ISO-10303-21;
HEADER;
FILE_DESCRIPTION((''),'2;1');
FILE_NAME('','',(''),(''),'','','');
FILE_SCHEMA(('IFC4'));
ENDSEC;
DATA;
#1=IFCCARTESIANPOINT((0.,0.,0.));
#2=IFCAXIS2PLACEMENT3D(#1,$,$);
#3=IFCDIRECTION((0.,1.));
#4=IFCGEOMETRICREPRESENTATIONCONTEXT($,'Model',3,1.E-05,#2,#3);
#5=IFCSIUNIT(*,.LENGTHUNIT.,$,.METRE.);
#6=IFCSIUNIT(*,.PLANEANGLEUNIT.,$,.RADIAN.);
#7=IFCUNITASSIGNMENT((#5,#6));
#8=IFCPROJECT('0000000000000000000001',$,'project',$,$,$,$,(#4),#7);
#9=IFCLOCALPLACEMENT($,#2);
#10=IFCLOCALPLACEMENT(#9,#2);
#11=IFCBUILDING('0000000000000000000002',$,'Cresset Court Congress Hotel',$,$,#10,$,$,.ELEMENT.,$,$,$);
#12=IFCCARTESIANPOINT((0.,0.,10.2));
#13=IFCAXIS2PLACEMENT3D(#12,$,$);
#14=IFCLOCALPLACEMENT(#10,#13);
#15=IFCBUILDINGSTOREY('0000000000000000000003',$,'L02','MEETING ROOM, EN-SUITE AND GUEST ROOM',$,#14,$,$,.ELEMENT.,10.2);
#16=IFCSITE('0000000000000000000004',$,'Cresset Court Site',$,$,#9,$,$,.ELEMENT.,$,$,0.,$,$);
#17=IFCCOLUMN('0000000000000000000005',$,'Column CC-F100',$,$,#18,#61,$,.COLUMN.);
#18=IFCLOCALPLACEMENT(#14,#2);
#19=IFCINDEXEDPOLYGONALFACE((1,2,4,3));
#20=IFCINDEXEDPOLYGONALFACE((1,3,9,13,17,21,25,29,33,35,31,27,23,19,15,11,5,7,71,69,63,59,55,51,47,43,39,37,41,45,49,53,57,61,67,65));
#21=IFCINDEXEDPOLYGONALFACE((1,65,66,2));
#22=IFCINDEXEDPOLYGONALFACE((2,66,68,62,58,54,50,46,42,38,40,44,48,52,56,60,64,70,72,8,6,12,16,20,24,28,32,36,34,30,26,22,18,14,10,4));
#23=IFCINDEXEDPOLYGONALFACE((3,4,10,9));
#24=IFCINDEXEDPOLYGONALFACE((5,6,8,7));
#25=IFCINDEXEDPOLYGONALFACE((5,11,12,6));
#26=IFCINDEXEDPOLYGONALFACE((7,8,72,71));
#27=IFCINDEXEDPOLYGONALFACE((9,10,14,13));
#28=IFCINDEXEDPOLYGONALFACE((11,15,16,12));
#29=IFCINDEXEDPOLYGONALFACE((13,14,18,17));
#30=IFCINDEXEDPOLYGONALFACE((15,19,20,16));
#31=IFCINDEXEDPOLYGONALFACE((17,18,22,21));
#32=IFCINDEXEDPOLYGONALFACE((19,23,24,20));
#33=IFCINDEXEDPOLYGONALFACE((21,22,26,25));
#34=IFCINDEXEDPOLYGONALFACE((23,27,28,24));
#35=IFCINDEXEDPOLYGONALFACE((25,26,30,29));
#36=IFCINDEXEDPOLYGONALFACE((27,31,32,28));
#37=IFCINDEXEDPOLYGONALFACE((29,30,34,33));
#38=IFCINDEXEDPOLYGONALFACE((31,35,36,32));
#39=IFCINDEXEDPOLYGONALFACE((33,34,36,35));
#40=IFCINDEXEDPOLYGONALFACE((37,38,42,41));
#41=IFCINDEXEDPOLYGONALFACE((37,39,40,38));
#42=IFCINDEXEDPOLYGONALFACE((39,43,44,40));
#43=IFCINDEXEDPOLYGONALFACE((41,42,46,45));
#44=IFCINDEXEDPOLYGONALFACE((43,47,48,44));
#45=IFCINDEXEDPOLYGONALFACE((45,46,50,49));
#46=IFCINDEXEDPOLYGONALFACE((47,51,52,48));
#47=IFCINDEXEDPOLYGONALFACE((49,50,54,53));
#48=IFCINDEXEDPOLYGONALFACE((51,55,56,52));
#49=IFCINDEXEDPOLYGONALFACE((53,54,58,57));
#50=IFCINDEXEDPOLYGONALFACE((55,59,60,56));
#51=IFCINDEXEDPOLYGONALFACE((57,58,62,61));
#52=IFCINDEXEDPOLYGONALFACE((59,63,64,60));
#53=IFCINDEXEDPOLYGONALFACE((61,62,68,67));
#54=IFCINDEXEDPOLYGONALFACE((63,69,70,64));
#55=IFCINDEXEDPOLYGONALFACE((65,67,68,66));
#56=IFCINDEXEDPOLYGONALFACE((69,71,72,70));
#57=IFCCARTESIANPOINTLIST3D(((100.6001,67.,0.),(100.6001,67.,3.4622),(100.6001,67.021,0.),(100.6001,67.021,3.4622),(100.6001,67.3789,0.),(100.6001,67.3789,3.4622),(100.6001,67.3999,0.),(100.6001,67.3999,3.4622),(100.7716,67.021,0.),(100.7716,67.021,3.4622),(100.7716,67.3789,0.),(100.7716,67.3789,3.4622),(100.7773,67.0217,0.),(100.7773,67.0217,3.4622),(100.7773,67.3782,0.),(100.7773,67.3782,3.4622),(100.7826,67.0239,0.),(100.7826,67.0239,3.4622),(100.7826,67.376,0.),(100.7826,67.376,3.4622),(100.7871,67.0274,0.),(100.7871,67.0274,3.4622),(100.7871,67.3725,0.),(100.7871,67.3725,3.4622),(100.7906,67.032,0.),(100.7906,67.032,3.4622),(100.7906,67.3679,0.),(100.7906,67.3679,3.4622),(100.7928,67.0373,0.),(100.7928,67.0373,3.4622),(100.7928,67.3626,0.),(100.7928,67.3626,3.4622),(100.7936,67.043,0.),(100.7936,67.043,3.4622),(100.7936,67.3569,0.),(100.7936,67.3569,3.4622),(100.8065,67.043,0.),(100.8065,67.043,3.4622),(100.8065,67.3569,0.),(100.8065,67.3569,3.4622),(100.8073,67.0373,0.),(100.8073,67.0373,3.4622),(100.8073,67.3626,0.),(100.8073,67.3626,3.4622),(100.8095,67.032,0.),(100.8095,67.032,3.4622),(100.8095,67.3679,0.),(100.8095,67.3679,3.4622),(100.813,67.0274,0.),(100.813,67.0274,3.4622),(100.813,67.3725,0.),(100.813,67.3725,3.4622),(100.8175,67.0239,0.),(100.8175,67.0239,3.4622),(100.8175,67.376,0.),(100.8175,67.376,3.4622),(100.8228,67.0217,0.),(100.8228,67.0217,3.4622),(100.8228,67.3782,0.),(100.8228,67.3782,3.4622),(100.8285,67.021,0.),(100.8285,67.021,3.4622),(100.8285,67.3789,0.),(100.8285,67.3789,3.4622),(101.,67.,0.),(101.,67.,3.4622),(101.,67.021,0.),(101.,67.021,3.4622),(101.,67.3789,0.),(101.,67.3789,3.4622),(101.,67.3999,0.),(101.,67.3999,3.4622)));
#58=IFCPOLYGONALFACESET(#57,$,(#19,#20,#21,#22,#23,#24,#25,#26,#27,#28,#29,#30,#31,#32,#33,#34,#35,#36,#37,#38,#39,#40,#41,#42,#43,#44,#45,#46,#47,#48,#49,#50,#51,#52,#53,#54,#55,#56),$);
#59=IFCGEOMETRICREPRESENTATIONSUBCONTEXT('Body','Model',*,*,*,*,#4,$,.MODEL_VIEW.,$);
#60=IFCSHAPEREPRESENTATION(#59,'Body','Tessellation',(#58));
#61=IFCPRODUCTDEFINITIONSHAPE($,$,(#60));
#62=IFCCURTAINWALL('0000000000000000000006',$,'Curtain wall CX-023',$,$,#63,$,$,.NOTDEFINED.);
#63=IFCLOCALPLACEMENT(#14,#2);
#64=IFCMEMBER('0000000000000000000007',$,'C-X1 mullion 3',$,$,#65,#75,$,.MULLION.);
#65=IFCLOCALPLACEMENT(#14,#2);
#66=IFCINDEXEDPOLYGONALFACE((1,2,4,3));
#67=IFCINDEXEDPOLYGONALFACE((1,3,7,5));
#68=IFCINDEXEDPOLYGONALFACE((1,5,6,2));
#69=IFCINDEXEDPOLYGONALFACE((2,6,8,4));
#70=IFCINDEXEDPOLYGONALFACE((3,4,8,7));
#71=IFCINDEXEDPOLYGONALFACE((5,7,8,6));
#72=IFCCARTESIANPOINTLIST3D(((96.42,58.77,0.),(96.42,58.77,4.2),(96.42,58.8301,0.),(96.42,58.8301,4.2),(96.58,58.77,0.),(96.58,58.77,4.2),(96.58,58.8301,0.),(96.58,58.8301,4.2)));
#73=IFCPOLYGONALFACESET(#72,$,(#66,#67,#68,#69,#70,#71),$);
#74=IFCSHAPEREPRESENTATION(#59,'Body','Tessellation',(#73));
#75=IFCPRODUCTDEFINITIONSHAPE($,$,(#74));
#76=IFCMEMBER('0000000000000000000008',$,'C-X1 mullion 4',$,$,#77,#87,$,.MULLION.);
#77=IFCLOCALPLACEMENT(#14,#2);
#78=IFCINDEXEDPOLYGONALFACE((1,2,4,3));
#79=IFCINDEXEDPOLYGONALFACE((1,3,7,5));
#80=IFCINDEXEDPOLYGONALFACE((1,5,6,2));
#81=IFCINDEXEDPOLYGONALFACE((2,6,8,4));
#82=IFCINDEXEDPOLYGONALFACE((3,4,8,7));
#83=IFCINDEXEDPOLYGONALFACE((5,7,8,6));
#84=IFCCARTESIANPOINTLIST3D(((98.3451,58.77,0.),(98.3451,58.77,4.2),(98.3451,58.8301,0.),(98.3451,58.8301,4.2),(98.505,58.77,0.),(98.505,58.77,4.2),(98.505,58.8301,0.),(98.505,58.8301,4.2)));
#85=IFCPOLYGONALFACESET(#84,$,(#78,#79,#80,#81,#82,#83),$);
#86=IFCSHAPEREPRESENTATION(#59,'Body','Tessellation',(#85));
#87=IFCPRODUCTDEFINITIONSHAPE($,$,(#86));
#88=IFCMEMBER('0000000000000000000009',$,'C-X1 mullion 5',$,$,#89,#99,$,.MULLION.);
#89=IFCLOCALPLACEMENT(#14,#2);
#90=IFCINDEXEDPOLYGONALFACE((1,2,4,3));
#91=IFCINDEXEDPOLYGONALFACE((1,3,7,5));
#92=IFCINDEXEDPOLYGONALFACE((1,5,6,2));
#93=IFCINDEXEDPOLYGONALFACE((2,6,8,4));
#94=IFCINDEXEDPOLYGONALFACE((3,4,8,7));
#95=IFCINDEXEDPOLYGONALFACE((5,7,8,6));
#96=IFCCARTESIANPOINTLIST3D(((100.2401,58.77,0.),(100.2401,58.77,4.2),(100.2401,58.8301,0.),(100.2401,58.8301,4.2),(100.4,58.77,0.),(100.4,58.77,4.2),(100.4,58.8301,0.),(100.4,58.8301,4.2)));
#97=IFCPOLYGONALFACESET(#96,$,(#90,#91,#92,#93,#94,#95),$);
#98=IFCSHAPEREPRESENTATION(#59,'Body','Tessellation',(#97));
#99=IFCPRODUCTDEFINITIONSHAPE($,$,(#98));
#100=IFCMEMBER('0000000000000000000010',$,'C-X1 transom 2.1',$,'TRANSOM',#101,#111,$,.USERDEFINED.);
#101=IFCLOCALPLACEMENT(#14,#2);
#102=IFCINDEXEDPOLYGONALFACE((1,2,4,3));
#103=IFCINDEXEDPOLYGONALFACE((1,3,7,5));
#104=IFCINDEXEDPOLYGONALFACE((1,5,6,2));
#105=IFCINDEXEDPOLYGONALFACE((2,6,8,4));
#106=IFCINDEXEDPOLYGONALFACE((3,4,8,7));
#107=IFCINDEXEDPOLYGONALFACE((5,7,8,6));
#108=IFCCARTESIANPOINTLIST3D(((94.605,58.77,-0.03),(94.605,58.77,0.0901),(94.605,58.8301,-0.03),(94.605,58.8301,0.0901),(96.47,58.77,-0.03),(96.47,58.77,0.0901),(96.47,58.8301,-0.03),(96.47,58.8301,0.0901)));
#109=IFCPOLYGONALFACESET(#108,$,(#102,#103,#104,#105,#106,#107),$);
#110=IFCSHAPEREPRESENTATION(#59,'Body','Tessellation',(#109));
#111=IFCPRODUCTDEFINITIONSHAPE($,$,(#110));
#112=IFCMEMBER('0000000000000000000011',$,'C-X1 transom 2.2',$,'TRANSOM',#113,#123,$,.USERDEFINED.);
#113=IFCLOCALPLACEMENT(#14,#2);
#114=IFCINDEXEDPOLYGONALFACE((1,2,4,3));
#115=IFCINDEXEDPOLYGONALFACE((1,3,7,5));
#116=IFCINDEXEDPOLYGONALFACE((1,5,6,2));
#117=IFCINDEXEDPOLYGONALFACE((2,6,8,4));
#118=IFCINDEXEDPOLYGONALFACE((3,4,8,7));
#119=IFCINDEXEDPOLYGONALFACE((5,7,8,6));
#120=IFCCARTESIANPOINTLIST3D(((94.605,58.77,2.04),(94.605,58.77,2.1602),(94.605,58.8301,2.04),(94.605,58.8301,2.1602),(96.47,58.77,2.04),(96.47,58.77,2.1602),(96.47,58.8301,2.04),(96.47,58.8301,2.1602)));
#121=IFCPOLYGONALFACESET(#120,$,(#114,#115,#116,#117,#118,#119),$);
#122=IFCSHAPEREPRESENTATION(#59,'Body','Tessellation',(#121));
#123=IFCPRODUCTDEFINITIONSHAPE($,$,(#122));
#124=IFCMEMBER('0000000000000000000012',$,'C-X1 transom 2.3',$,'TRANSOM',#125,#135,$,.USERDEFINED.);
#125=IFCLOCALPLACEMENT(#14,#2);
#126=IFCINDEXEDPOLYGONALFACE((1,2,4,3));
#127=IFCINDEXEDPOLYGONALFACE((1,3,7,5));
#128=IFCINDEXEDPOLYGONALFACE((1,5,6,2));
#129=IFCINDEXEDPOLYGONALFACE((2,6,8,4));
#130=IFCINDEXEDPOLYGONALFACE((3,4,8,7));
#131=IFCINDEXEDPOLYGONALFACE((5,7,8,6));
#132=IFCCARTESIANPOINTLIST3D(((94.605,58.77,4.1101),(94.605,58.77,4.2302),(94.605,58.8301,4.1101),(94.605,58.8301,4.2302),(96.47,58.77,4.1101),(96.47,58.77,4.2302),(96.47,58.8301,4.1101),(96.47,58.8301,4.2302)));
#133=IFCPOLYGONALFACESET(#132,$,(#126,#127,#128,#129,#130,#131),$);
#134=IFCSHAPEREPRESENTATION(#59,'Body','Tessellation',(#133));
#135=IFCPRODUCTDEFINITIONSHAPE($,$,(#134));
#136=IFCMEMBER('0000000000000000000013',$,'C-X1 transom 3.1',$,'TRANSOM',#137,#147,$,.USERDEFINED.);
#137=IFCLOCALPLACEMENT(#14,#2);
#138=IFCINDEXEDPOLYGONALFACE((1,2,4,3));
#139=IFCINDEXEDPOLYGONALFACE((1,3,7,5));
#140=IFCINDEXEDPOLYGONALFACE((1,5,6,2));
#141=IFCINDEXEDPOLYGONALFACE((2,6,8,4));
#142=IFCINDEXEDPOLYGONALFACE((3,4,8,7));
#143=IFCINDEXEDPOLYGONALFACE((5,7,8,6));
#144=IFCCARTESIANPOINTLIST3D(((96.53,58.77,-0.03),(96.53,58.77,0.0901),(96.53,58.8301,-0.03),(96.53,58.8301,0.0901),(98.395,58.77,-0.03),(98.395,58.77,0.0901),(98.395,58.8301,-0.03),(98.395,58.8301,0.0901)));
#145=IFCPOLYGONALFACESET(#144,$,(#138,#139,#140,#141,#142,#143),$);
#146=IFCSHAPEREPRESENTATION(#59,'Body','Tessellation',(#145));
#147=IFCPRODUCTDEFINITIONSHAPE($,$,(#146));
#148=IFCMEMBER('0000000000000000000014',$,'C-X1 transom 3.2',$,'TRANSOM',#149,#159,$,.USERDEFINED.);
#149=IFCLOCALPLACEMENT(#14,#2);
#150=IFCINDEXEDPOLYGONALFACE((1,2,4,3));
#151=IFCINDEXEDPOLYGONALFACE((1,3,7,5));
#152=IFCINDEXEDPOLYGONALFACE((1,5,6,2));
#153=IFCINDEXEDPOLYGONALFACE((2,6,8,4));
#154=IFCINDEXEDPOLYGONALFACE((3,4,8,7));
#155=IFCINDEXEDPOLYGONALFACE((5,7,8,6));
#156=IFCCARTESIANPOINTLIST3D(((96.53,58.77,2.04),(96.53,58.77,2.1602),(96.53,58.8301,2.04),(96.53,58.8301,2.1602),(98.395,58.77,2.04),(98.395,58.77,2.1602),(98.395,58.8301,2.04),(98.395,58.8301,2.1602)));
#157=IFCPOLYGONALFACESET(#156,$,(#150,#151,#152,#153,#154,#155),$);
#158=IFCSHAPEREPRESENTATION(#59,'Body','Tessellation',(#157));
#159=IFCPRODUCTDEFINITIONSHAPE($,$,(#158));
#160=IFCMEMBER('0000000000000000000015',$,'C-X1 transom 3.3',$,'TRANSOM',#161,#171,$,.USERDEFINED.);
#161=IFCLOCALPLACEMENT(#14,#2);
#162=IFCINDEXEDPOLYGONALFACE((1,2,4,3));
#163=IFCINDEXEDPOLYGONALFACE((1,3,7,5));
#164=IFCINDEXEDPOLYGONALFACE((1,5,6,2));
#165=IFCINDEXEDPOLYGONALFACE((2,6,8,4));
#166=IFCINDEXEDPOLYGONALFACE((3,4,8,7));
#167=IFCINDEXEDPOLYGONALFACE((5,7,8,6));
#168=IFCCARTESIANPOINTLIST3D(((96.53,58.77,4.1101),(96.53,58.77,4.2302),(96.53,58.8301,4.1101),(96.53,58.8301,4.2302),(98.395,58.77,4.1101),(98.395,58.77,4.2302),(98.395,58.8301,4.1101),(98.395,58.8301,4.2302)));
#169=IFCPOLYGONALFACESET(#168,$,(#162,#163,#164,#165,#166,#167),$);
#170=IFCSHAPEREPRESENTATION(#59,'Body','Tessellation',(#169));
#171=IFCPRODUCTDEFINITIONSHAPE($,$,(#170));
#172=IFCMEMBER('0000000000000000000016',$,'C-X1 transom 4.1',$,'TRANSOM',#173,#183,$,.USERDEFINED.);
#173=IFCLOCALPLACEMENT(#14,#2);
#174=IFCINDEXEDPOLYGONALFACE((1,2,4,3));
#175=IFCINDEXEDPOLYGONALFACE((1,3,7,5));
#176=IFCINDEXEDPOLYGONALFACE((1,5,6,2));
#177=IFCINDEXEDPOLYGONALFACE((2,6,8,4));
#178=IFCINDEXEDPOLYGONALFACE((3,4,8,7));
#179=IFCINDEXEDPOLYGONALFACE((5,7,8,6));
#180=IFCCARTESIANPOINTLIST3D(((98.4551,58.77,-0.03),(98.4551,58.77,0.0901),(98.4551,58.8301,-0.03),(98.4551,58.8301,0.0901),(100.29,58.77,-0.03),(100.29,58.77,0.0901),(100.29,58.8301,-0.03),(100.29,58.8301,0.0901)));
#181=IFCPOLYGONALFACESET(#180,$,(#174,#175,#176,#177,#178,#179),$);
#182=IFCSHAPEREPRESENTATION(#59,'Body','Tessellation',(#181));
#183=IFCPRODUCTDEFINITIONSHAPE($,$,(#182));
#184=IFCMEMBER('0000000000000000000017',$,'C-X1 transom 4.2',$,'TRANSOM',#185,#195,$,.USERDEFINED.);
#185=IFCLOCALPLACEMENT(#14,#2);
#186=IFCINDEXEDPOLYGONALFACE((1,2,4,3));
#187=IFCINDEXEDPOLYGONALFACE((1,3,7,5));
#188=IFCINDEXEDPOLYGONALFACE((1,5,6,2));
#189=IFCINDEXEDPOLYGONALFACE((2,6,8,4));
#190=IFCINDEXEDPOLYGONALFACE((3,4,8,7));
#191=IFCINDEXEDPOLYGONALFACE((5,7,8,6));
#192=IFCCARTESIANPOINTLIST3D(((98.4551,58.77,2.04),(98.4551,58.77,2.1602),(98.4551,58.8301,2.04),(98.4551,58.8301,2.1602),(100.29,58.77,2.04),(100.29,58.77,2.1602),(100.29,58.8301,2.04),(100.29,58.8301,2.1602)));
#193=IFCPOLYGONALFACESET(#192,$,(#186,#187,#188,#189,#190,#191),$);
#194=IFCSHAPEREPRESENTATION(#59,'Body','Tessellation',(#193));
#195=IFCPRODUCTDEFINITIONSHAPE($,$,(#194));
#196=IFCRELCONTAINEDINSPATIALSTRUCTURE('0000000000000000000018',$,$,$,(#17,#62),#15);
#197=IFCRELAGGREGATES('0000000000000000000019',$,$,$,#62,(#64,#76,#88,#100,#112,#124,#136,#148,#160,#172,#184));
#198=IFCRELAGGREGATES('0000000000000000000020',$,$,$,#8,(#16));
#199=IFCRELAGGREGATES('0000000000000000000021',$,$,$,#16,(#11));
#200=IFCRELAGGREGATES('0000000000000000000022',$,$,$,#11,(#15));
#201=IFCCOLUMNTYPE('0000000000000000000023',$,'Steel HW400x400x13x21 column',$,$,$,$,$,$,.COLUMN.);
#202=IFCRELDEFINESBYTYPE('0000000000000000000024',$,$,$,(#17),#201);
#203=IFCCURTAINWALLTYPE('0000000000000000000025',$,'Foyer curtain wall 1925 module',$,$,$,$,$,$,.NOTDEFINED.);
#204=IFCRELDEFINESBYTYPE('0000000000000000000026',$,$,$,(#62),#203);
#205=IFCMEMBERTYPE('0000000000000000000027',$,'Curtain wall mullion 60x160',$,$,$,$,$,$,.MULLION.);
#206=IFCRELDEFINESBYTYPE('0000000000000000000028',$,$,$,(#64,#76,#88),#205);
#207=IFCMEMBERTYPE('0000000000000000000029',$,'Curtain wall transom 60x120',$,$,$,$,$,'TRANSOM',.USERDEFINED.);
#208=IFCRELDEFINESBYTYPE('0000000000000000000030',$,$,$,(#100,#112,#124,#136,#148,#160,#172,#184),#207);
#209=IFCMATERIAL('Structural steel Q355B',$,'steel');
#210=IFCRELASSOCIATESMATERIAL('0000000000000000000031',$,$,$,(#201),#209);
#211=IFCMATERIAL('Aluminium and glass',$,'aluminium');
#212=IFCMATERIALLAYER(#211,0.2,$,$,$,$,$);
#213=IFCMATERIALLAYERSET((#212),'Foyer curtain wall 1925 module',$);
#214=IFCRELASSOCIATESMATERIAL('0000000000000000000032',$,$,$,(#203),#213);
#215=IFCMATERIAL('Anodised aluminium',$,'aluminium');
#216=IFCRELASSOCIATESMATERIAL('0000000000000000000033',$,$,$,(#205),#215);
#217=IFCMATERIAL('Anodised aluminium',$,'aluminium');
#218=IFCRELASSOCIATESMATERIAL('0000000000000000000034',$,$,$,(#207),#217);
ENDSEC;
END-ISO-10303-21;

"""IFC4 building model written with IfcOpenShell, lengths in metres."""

from ifc_helpers import new_model, si_unit, direction, frame, origin, origin_2d, place, context, subcontext, project, spatial, rectangle, i_section, extrude, material, layer, layer_set, material_profile, profile_set, type_object, element, aggregate, save


model = new_model("IFC4")

# Units and contexts
model_context = context("Model", 3, precision=1e-05, world=origin(), true_north=direction((0.0, 1.0)))
body_context = subcontext(model_context, "Body", "Model", "MODEL_VIEW")
ifc_project = project(units=[si_unit("LENGTHUNIT", "METRE"), si_unit("PLANEANGLEUNIT", "RADIAN")], contexts=[model_context])

# Site, building, storey
site_placement = place(None, origin())
site = spatial("IfcSite", under=ifc_project, at=site_placement, Name="Cresset Court Site", CompositionType="ELEMENT", RefElevation=0.0)
building_placement = place(site_placement, origin())
building = spatial("IfcBuilding", under=site, at=building_placement, Name="Cresset Court Congress Hotel", CompositionType="ELEMENT")
storey_placement = place(building_placement, frame((0.0, 0.0, 10.2)))
storey = spatial("IfcBuildingStorey", under=building, at=storey_placement, Name="L02", Description="MEETING ROOM, EN-SUITE AND GUEST ROOM", CompositionType="ELEMENT", Elevation=10.2)

# Column
ifc_material_1 = material(Name="Structural steel Q355B", Category="steel")
ifc_material_profile_1 = material_profile(ifc_material_1, i_section(OverallWidth=0.3999, OverallDepth=0.3999, WebThickness=0.0129, FlangeThickness=0.021, FilletRadius=0.022, at=origin_2d()), Name="HW400x400x13x21")
ifc_profile_set_1 = profile_set([ifc_material_profile_1], Name="Structural steel Q355B")
column_type = type_object("IfcColumnType", Name="Steel HW400x400x13x21 column", PredefinedType="COLUMN", material=ifc_profile_set_1)
column_placement = place(storey_placement, frame((100.8, 67.2, 0.0), z_axis=(0.0, 0.0, 1.0), x_axis=(1.0, 0.0, 0.0)))
element("IfcColumn", 1, at=column_placement, inside=storey, type_object=column_type, Name="Column CC-F100", PredefinedType="COLUMN", context=body_context, shape_type="SweptSolid", body=[
    extrude(i_section(OverallWidth=0.3999, OverallDepth=0.3999, WebThickness=0.0129, FlangeThickness=0.021, FilletRadius=0.022, at=origin_2d()), origin(), (0.0, 0.0, 1.0), 3.4622),
])

# Curtain wall, members
ifc_material_2 = material(Name="Aluminium and glass", Category="aluminium")
ifc_layer_1 = layer(ifc_material_2, 0.2)
ifc_layer_set_1 = layer_set([ifc_layer_1], Name="Foyer curtain wall 1925 module")
curtain_wall_type = type_object("IfcCurtainWallType", Name="Foyer curtain wall 1925 module", PredefinedType="NOTDEFINED", material=ifc_layer_set_1)
curtain_wall_placement = place(storey_placement, origin())
curtain_wall = element("IfcCurtainWall", 2, at=curtain_wall_placement, inside=storey, type_object=curtain_wall_type, Name="Curtain wall CX-023", PredefinedType="NOTDEFINED")
ifc_material_3 = material(Name="Anodised aluminium", Category="aluminium")
ifc_material_profile_2 = material_profile(ifc_material_3, rectangle(XDim=0.0601, YDim=0.1599, at=origin_2d()), Name="AL60x160")
ifc_profile_set_2 = profile_set([ifc_material_profile_2], Name="Anodised aluminium")
member_type_1 = type_object("IfcMemberType", Name="Curtain wall mullion 60x160", PredefinedType="MULLION", material=ifc_profile_set_2)
member_1_placement = place(storey_placement, frame((96.5, 58.8, 0.0), z_axis=(0.0, 0.0, 1.0), x_axis=(0.0, 1.0, 0.0)))
member_1 = element("IfcMember", 3, at=member_1_placement, type_object=member_type_1, Name="C-X1 mullion 3", PredefinedType="MULLION", context=body_context, shape_type="SweptSolid", body=[
    extrude(rectangle(XDim=0.0601, YDim=0.1599, at=origin_2d()), origin(), (0.0, 0.0, 1.0), 4.2),
])
member_2_placement = place(storey_placement, frame((98.425, 58.8, 0.0), z_axis=(0.0, 0.0, 1.0), x_axis=(0.0, 1.0, 0.0)))
member_2 = element("IfcMember", 4, at=member_2_placement, type_object=member_type_1, Name="C-X1 mullion 4", PredefinedType="MULLION", context=body_context, shape_type="SweptSolid", body=[
    extrude(rectangle(XDim=0.0601, YDim=0.1599, at=origin_2d()), origin(), (0.0, 0.0, 1.0), 4.2),
])
member_3_placement = place(storey_placement, frame((100.3201, 58.8, 0.0), z_axis=(0.0, 0.0, 1.0), x_axis=(0.0, 1.0, 0.0)))
member_3 = element("IfcMember", 5, at=member_3_placement, type_object=member_type_1, Name="C-X1 mullion 5", PredefinedType="MULLION", context=body_context, shape_type="SweptSolid", body=[
    extrude(rectangle(XDim=0.0601, YDim=0.1599, at=origin_2d()), origin(), (0.0, 0.0, 1.0), 4.2),
])
ifc_material_4 = material(Name="Anodised aluminium", Category="aluminium")
ifc_material_profile_3 = material_profile(ifc_material_4, rectangle(XDim=0.0601, YDim=0.1201, at=origin_2d()), Name="AL60x120")
ifc_profile_set_3 = profile_set([ifc_material_profile_3], Name="Anodised aluminium")
member_type_2 = type_object("IfcMemberType", Name="Curtain wall transom 60x120", ElementType="TRANSOM", PredefinedType="USERDEFINED", material=ifc_profile_set_3)
member_4_placement = place(storey_placement, frame((94.605, 58.8, 0.03), z_axis=(1.0, 0.0, 0.0), x_axis=(0.0, 1.0, 0.0)))
member_4 = element("IfcMember", 6, at=member_4_placement, type_object=member_type_2, Name="C-X1 transom 2.1", ObjectType="TRANSOM", PredefinedType="USERDEFINED", context=body_context, shape_type="SweptSolid", body=[
    extrude(rectangle(XDim=0.0601, YDim=0.1201, at=origin_2d()), origin(), (0.0, 0.0, 1.0), 1.865),
])
member_5_placement = place(storey_placement, frame((94.605, 58.8, 2.1001), z_axis=(1.0, 0.0, 0.0), x_axis=(0.0, 1.0, 0.0)))
member_5 = element("IfcMember", 7, at=member_5_placement, type_object=member_type_2, Name="C-X1 transom 2.2", ObjectType="TRANSOM", PredefinedType="USERDEFINED", context=body_context, shape_type="SweptSolid", body=[
    extrude(rectangle(XDim=0.0601, YDim=0.1201, at=origin_2d()), origin(), (0.0, 0.0, 1.0), 1.865),
])
member_6_placement = place(storey_placement, frame((94.605, 58.8, 4.1702), z_axis=(1.0, 0.0, 0.0), x_axis=(0.0, 1.0, 0.0)))
member_6 = element("IfcMember", 8, at=member_6_placement, type_object=member_type_2, Name="C-X1 transom 2.3", ObjectType="TRANSOM", PredefinedType="USERDEFINED", context=body_context, shape_type="SweptSolid", body=[
    extrude(rectangle(XDim=0.0601, YDim=0.1201, at=origin_2d()), origin(), (0.0, 0.0, 1.0), 1.865),
])
member_7_placement = place(storey_placement, frame((96.53, 58.8, 0.03), z_axis=(1.0, 0.0, 0.0), x_axis=(0.0, 1.0, 0.0)))
member_7 = element("IfcMember", 9, at=member_7_placement, type_object=member_type_2, Name="C-X1 transom 3.1", ObjectType="TRANSOM", PredefinedType="USERDEFINED", context=body_context, shape_type="SweptSolid", body=[
    extrude(rectangle(XDim=0.0601, YDim=0.1201, at=origin_2d()), origin(), (0.0, 0.0, 1.0), 1.865),
])
member_8_placement = place(storey_placement, frame((96.53, 58.8, 2.1001), z_axis=(1.0, 0.0, 0.0), x_axis=(0.0, 1.0, 0.0)))
member_8 = element("IfcMember", 10, at=member_8_placement, type_object=member_type_2, Name="C-X1 transom 3.2", ObjectType="TRANSOM", PredefinedType="USERDEFINED", context=body_context, shape_type="SweptSolid", body=[
    extrude(rectangle(XDim=0.0601, YDim=0.1201, at=origin_2d()), origin(), (0.0, 0.0, 1.0), 1.865),
])
member_9_placement = place(storey_placement, frame((96.53, 58.8, 4.1702), z_axis=(1.0, 0.0, 0.0), x_axis=(0.0, 1.0, 0.0)))
member_9 = element("IfcMember", 11, at=member_9_placement, type_object=member_type_2, Name="C-X1 transom 3.3", ObjectType="TRANSOM", PredefinedType="USERDEFINED", context=body_context, shape_type="SweptSolid", body=[
    extrude(rectangle(XDim=0.0601, YDim=0.1201, at=origin_2d()), origin(), (0.0, 0.0, 1.0), 1.865),
])
member_10_placement = place(storey_placement, frame((98.4551, 58.8, 0.03), z_axis=(1.0, 0.0, 0.0), x_axis=(0.0, 1.0, 0.0)))
member_10 = element("IfcMember", 12, at=member_10_placement, type_object=member_type_2, Name="C-X1 transom 4.1", ObjectType="TRANSOM", PredefinedType="USERDEFINED", context=body_context, shape_type="SweptSolid", body=[
    extrude(rectangle(XDim=0.0601, YDim=0.1201, at=origin_2d()), origin(), (0.0, 0.0, 1.0), 1.835),
])
member_11_placement = place(storey_placement, frame((98.4551, 58.8, 2.1001), z_axis=(1.0, 0.0, 0.0), x_axis=(0.0, 1.0, 0.0)))
member_11 = element("IfcMember", 13, at=member_11_placement, type_object=member_type_2, Name="C-X1 transom 4.2", ObjectType="TRANSOM", PredefinedType="USERDEFINED", context=body_context, shape_type="SweptSolid", body=[
    extrude(rectangle(XDim=0.0601, YDim=0.1201, at=origin_2d()), origin(), (0.0, 0.0, 1.0), 1.835),
])

aggregate(curtain_wall, [member_1, member_2, member_3, member_4, member_5, member_6, member_7, member_8, member_9, member_10, member_11])

save(model, "model.ifc")
